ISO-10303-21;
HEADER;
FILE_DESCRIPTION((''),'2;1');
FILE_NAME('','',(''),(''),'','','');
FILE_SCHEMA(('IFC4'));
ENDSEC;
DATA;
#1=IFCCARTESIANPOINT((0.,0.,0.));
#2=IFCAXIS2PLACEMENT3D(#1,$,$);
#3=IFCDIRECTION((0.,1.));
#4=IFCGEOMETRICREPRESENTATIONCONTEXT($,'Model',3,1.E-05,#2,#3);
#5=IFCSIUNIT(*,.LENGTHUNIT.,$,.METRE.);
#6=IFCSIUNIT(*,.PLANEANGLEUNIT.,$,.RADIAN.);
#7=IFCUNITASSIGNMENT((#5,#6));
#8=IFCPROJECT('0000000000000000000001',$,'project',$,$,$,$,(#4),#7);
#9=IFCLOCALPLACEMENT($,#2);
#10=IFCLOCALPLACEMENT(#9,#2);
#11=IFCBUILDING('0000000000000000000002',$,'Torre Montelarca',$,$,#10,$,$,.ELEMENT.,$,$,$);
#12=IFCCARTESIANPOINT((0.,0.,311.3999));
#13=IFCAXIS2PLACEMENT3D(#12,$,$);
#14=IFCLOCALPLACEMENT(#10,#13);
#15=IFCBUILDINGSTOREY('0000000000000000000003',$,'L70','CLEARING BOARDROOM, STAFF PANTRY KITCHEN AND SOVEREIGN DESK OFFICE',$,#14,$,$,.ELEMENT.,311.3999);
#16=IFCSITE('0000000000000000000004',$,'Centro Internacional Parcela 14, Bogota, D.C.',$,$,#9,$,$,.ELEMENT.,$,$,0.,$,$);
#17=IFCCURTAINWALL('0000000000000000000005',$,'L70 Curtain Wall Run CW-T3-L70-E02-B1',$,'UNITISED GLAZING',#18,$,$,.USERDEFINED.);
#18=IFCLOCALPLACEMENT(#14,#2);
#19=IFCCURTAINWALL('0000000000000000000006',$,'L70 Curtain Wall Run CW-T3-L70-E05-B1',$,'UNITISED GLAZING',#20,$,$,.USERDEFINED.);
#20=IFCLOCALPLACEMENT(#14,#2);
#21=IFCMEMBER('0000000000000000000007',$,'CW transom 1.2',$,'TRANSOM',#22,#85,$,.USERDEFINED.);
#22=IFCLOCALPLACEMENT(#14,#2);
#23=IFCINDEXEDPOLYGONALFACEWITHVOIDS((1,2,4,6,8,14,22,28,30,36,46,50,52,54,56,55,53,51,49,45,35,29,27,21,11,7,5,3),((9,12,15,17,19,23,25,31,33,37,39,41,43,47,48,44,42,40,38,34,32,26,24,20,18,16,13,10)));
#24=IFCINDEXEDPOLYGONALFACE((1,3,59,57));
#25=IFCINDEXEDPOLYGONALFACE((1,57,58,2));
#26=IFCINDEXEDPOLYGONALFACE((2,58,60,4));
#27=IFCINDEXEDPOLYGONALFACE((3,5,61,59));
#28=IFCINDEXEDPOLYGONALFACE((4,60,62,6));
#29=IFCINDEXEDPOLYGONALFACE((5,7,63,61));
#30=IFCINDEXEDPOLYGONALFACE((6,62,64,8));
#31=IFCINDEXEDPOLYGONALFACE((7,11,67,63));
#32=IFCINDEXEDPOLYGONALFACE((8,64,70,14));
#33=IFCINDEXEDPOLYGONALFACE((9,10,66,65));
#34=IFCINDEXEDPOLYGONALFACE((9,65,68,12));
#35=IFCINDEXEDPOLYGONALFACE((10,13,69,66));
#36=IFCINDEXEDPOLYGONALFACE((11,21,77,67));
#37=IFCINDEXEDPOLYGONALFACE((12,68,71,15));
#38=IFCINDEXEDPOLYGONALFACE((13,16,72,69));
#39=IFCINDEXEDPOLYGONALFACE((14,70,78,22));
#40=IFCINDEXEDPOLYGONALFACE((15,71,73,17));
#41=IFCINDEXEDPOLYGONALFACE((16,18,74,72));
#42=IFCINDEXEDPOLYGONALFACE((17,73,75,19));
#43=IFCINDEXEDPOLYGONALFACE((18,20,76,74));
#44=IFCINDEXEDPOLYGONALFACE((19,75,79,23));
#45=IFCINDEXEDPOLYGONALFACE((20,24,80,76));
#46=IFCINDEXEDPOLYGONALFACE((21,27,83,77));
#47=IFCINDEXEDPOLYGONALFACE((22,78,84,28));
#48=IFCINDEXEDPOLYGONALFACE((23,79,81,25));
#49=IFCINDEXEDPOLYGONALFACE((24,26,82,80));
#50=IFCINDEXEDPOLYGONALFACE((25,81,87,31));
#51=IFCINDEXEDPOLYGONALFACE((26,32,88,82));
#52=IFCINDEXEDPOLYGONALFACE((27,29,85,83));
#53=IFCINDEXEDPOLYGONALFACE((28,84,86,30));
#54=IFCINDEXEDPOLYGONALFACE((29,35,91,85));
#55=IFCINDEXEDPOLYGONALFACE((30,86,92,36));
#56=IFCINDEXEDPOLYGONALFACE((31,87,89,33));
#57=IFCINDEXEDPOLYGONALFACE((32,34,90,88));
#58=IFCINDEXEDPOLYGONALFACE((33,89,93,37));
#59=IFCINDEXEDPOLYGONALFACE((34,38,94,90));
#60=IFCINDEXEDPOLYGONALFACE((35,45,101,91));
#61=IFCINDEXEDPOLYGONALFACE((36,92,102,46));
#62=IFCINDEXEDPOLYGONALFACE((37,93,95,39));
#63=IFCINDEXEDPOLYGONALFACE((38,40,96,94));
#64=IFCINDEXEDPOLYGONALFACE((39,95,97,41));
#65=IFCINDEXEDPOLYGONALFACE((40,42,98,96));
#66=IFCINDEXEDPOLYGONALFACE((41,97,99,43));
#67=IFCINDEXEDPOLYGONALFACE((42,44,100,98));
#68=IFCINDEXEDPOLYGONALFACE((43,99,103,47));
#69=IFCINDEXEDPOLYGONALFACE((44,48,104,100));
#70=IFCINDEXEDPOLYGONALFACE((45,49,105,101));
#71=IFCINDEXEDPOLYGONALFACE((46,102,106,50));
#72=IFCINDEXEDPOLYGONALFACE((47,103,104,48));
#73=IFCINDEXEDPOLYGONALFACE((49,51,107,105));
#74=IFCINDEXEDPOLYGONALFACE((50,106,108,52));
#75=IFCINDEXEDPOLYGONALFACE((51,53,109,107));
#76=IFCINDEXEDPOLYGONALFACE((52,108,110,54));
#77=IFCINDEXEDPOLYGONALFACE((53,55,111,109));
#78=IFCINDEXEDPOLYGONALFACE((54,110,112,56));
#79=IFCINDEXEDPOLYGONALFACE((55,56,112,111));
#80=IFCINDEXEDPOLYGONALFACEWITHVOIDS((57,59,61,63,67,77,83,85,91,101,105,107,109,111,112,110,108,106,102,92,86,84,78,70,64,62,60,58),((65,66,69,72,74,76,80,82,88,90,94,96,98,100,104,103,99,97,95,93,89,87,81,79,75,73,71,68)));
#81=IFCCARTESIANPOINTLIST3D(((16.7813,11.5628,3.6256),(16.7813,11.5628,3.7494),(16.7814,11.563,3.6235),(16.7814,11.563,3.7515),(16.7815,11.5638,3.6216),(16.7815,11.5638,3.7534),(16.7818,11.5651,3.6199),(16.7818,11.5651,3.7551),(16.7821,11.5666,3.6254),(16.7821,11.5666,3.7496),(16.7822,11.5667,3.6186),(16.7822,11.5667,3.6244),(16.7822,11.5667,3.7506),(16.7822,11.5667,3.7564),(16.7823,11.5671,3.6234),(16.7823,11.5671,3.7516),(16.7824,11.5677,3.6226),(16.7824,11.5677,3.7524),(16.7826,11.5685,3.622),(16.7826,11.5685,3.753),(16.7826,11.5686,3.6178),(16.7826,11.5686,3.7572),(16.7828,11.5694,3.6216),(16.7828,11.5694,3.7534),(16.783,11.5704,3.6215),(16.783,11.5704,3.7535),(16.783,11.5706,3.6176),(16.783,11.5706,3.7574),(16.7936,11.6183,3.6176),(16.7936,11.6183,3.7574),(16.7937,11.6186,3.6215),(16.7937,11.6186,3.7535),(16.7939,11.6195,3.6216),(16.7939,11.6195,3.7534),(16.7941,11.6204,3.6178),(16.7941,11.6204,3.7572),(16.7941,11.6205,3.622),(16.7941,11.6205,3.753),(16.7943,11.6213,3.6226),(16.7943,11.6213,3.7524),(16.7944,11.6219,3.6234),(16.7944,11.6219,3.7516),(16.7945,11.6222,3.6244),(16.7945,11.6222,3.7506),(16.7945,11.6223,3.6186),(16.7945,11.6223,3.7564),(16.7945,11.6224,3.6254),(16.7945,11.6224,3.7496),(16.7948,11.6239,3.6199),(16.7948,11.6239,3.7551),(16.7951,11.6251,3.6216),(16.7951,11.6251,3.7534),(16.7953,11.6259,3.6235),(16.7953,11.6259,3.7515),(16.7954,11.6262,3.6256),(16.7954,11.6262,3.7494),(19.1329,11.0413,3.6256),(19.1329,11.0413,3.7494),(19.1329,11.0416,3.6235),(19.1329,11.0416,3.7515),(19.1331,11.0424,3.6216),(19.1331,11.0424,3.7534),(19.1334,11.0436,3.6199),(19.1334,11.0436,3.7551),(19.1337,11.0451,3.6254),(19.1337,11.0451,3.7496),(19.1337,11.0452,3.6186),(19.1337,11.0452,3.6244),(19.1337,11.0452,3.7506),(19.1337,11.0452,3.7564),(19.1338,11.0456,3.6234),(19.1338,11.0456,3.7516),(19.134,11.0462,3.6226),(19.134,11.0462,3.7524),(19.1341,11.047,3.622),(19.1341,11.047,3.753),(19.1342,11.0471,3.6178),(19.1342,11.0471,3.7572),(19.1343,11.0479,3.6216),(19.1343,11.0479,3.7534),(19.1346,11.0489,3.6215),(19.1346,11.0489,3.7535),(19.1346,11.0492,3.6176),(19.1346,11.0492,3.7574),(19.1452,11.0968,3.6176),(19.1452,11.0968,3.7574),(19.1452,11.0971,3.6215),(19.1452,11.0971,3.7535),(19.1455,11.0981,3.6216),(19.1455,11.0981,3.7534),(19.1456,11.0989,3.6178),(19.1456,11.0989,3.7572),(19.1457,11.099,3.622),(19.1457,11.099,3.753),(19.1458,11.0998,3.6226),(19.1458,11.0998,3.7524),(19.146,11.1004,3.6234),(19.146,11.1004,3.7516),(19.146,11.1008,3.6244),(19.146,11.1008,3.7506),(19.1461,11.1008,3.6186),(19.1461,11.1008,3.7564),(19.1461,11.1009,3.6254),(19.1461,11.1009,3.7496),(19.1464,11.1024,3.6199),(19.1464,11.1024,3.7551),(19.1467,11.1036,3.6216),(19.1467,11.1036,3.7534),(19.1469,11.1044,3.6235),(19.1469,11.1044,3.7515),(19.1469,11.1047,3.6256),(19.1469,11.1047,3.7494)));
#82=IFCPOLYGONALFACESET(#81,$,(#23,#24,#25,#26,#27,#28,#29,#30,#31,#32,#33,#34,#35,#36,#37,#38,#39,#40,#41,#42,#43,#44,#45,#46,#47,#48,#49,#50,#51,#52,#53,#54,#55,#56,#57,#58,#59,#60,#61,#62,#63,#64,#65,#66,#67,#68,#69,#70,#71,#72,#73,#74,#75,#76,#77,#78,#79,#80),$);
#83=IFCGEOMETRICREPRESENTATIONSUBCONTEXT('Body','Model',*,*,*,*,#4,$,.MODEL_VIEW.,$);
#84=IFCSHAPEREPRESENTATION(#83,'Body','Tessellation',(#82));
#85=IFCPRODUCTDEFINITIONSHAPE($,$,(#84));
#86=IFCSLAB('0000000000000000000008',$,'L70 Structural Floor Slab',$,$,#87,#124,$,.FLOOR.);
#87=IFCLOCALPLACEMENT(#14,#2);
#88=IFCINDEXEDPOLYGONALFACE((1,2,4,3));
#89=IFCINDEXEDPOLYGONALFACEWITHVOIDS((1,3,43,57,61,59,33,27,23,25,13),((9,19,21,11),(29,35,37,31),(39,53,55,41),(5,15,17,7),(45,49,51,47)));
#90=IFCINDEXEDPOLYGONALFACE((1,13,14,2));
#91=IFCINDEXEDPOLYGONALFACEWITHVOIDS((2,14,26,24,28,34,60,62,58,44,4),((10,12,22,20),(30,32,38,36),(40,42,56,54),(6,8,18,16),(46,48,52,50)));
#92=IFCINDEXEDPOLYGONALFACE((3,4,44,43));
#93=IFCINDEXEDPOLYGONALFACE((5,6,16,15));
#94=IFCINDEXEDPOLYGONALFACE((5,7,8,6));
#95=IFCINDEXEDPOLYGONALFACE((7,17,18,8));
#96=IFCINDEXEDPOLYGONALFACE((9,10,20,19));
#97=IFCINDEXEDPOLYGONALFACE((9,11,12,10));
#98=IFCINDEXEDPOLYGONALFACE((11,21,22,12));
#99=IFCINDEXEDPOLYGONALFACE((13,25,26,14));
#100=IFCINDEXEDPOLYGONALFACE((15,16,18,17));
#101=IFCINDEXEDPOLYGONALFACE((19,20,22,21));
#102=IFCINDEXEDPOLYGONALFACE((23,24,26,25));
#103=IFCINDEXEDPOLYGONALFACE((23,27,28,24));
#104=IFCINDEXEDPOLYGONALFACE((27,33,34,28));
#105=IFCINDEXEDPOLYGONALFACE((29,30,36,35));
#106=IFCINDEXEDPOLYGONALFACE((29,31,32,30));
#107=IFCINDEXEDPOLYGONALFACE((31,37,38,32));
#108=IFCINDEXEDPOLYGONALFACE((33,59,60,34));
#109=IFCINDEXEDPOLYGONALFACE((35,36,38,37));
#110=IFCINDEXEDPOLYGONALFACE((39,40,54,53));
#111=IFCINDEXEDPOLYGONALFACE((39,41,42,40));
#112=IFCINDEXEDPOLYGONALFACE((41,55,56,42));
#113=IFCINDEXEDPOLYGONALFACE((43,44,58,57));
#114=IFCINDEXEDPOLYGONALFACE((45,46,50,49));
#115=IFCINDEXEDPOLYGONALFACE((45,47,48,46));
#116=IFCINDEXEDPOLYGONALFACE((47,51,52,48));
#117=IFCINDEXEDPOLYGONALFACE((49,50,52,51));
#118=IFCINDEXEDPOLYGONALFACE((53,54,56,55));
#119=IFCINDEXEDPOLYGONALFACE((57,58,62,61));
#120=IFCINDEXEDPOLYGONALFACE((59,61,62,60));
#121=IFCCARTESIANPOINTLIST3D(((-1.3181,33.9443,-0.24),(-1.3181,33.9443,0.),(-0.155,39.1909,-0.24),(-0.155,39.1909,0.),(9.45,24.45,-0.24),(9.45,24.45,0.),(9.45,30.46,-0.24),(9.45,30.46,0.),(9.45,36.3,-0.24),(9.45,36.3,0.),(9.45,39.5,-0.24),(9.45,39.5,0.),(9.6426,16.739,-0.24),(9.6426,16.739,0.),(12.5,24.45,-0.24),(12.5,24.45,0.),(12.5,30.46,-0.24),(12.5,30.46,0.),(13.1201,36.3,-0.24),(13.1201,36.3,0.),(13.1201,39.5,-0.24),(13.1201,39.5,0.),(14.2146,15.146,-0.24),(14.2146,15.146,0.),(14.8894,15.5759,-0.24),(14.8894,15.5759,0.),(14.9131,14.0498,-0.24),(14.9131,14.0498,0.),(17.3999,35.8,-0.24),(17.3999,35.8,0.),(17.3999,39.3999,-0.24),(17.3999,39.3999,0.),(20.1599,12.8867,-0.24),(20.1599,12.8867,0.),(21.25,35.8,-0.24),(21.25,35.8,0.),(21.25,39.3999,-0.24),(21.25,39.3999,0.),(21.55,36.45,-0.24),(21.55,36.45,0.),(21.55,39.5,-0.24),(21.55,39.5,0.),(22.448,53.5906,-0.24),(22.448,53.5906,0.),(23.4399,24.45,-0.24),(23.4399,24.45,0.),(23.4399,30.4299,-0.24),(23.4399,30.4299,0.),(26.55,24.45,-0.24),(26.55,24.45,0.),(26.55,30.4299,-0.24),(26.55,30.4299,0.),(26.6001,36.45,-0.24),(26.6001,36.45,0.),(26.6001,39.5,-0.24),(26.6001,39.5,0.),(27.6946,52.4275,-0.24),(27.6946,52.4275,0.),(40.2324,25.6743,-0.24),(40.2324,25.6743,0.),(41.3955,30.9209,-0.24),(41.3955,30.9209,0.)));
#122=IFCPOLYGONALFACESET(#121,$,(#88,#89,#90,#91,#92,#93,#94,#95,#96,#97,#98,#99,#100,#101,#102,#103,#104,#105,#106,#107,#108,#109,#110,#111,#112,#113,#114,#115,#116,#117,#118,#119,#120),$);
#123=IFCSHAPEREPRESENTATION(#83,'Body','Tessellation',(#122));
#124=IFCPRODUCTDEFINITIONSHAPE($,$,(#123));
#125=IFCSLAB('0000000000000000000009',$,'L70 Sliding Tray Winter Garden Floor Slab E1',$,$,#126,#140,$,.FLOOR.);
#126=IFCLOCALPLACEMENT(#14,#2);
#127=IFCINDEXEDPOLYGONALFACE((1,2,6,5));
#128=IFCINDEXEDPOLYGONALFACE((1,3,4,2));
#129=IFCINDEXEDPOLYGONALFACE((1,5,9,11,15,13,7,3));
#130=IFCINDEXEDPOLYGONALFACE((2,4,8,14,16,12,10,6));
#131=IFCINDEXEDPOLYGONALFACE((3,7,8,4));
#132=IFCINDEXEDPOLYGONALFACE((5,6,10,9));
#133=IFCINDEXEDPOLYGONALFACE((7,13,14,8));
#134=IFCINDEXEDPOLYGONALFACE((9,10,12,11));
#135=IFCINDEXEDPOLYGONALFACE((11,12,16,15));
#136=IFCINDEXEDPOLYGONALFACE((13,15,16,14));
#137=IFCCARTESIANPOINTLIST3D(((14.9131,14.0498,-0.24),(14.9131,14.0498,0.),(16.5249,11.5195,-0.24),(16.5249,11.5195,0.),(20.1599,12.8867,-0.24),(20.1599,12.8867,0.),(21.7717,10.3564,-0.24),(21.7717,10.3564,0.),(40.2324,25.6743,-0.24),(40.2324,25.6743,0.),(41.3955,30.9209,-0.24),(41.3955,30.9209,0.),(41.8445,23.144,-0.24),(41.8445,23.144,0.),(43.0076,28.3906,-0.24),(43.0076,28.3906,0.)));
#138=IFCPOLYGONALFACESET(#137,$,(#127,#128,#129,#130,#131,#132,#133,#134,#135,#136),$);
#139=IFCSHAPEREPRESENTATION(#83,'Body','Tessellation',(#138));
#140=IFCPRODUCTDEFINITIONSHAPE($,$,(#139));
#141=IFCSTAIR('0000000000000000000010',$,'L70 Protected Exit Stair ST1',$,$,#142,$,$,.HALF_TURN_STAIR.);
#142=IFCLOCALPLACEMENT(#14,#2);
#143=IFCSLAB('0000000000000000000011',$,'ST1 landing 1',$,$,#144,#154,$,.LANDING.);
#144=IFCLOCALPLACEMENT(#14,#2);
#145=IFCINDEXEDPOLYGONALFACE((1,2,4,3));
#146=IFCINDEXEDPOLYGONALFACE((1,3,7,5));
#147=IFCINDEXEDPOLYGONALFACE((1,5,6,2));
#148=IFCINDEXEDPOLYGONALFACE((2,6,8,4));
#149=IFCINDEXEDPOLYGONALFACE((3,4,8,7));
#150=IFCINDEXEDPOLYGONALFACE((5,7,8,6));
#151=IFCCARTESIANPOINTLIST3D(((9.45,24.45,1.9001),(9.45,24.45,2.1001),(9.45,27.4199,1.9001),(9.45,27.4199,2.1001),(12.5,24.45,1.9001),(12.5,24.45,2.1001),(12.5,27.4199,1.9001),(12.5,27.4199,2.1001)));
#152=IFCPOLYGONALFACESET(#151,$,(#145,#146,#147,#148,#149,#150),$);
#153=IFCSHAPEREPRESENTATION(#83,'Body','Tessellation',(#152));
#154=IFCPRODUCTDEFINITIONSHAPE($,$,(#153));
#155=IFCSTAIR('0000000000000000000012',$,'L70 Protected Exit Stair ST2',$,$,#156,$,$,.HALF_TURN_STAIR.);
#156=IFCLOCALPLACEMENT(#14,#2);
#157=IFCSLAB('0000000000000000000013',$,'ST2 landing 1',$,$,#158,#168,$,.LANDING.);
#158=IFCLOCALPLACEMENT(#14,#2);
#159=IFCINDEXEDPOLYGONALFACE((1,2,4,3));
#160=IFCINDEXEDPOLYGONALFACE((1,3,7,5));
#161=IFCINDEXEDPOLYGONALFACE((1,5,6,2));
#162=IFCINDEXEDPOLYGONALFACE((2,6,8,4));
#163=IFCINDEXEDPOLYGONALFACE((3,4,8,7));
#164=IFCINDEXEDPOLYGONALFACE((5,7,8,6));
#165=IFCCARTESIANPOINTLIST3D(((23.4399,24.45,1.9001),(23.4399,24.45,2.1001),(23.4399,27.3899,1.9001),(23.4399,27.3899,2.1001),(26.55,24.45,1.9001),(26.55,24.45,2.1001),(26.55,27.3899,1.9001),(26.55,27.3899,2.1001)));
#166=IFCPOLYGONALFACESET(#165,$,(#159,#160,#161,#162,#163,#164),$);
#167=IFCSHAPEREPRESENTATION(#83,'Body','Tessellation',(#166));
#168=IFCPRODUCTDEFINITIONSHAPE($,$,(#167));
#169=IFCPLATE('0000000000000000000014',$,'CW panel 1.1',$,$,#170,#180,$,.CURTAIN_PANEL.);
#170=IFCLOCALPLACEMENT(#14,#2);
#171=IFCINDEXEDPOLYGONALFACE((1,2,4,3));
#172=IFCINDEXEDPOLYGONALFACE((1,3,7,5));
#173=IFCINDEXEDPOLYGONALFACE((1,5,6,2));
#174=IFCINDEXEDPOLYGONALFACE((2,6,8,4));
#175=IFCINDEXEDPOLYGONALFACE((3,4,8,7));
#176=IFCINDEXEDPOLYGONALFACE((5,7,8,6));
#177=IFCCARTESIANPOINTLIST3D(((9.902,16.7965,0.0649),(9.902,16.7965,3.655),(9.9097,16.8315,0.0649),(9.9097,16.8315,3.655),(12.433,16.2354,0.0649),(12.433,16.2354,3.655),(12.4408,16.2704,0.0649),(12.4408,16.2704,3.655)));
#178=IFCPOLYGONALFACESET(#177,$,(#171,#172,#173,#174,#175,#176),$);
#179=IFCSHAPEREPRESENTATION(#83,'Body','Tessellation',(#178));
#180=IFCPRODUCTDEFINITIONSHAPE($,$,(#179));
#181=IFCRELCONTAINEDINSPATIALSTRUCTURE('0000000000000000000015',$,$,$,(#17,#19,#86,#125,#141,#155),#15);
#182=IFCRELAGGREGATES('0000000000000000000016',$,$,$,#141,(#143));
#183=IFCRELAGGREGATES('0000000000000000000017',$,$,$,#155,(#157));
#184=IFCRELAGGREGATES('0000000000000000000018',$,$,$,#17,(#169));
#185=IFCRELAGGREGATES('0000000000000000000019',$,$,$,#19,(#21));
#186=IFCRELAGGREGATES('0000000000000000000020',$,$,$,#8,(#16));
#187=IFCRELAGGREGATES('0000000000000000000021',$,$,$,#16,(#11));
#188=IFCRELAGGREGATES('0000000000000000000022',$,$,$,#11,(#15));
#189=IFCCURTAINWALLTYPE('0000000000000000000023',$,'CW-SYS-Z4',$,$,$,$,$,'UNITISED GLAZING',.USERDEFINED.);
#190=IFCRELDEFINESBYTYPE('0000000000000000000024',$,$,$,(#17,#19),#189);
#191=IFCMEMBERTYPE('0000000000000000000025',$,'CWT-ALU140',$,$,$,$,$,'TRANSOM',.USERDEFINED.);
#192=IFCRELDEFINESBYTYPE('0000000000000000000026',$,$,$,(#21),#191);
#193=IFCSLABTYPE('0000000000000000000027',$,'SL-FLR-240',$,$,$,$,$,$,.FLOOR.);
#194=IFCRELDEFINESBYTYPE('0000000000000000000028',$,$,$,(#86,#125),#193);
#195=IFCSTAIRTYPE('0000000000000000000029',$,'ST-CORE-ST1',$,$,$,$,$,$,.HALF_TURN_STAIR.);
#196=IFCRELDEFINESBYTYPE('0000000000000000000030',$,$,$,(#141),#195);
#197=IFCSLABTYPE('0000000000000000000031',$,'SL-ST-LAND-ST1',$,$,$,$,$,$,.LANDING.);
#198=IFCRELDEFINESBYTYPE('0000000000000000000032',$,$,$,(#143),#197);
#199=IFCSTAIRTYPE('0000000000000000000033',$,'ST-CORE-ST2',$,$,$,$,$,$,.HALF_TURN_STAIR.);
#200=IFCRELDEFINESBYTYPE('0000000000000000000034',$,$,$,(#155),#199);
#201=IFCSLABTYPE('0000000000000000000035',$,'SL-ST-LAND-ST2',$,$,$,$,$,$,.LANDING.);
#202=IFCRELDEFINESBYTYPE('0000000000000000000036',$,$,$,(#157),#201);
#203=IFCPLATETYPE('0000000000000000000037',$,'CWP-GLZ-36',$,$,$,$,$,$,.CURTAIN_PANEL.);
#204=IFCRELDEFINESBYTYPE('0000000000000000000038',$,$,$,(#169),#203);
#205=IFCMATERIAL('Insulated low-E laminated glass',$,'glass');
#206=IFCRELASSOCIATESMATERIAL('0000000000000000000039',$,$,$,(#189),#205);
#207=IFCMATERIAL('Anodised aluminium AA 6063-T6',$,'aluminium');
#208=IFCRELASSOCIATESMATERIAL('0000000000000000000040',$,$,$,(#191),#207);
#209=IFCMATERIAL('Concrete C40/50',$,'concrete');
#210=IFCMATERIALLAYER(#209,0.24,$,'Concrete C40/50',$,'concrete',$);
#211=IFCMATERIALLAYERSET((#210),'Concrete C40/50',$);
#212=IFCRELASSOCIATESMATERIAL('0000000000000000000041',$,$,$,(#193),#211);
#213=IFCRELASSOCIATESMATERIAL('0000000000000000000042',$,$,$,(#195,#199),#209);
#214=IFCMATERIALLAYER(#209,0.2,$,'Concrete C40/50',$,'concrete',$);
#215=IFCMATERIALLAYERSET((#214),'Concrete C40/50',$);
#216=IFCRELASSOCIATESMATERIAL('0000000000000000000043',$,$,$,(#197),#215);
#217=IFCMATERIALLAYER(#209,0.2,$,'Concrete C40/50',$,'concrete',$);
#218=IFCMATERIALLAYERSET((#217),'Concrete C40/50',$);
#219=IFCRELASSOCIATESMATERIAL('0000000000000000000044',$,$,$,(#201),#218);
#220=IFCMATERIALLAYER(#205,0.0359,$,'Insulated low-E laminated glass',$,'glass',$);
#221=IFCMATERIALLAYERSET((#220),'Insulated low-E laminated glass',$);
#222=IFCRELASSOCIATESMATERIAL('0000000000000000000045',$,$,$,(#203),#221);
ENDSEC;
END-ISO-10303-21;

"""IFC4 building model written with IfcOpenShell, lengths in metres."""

from ifc_helpers import new_model, si_unit, direction, frame, origin, origin_2d, place, context, subcontext, project, spatial, polyline, rectangle, hollow_rectangle, outline, extrude, source, transform, mapped, material, layer, layer_set, material_profile, profile_set, type_object, element, aggregate, save


model = new_model("IFC4")

# Units and contexts
model_context = context("Model", 3, precision=1e-05, world=origin(), true_north=direction((0.0, 1.0)))
body_context = subcontext(model_context, "Body", "Model", "MODEL_VIEW")
ifc_project = project(units=[si_unit("LENGTHUNIT", "METRE"), si_unit("PLANEANGLEUNIT", "RADIAN")], contexts=[model_context])

# Site, building, storey
site_placement = place(None, origin())
site = spatial("IfcSite", under=ifc_project, at=site_placement, Name="Centro Internacional Parcela 14, Bogota, D.C.", CompositionType="ELEMENT", RefElevation=0.0)
building_placement = place(site_placement, origin())
building = spatial("IfcBuilding", under=site, at=building_placement, Name="Torre Montelarca", CompositionType="ELEMENT")
storey_placement = place(building_placement, frame((0.0, 0.0, 311.3999)))
storey = spatial("IfcBuildingStorey", under=building, at=storey_placement, Name="L70", Description="CLEARING BOARDROOM, STAFF PANTRY KITCHEN AND SOVEREIGN DESK OFFICE", CompositionType="ELEMENT", Elevation=311.3999)

# Curtain walls
ifc_material_1 = material(Name="Insulated low-E laminated glass", Category="glass")
curtain_wall_type = type_object("IfcCurtainWallType", Name="CW-SYS-Z4", ElementType="UNITISED GLAZING", PredefinedType="USERDEFINED", material=ifc_material_1)
curtain_wall_1_placement = place(storey_placement, origin())
curtain_wall_1 = element("IfcCurtainWall", 1, at=curtain_wall_1_placement, inside=storey, type_object=curtain_wall_type, Name="L70 Curtain Wall Run CW-T3-L70-E02-B1", ObjectType="UNITISED GLAZING", PredefinedType="USERDEFINED")
ifc_material_2 = material(Name="Anodised aluminium AA 6063-T6", Category="aluminium")
curtain_wall_2_placement = place(storey_placement, origin())
curtain_wall_2 = element("IfcCurtainWall", 2, at=curtain_wall_2_placement, inside=storey, type_object=curtain_wall_type, Name="L70 Curtain Wall Run CW-T3-L70-E05-B1", ObjectType="UNITISED GLAZING", PredefinedType="USERDEFINED")

# Member
ifc_material_profile_1 = material_profile(ifc_material_2, hollow_rectangle(XDim=0.0649, YDim=0.1399, WallThickness=0.0039, InnerFilletRadius=0.0039, OuterFilletRadius=0.0081, at=origin_2d()), Name="ALU65X140X4", Category="aluminium")
ifc_profile_set_1 = profile_set([ifc_material_profile_1], Name="Anodised aluminium AA 6063-T6")
member_type_1 = type_object("IfcMemberType", Name="CWT-ALU140", ElementType="TRANSOM", PredefinedType="USERDEFINED", material=ifc_profile_set_1)
shared_shape_1 = source(origin(), body_context, "Body", "SweptSolid", [
    extrude(hollow_rectangle(XDim=0.0649, YDim=0.1399, WallThickness=0.0039, InnerFilletRadius=0.0039, OuterFilletRadius=0.0081, at=origin_2d()), origin(), (0.0, 0.0, 1.0), 2.4087),
])
member_1_placement = place(storey_placement, frame((16.7883, 11.5945, 3.6875), z_axis=(0.976282, -0.216501, 0.0), x_axis=(0.216501, 0.976282, 0.0)))
member_1 = element("IfcMember", 3, at=member_1_placement, type_object=member_type_1, Name="CW transom 1.2", ObjectType="TRANSOM", PredefinedType="USERDEFINED", context=body_context, shape_type="MappedRepresentation", body=[
    mapped(shared_shape_1, transform((0.0, 0.0, 0.0), scale=1.0)),
])

# Slabs
ifc_material_3 = material(Name="Concrete C40/50", Category="concrete")
ifc_layer_1 = layer(ifc_material_3, 0.24, Name="Concrete C40/50", Category="concrete")
ifc_layer_set_1 = layer_set([ifc_layer_1], Name="Concrete C40/50")
slab_type_1 = type_object("IfcSlabType", Name="SL-FLR-240", PredefinedType="FLOOR", material=ifc_layer_set_1)
slab_1_placement = place(storey_placement, frame((0.0, 0.0, -0.24)))
element("IfcSlab", 4, at=slab_1_placement, inside=storey, type_object=slab_type_1, Name="L70 Structural Floor Slab", PredefinedType="FLOOR", context=body_context, shape_type="SweptSolid", body=[
    extrude(outline(polyline([(9.6426, 16.739), (14.8894, 15.5759), (14.2146, 15.146), (14.9131, 14.0498), (20.1599, 12.8867), (40.2324, 25.6743), (41.3955, 30.9209), (27.6946, 52.4275), (22.448, 53.5906), (-0.155, 39.1909), (-1.3181, 33.9443), (9.6426, 16.739)]), holes=[polyline([(26.55, 24.45), (23.4399, 24.45), (23.4399, 30.4299), (26.55, 30.4299), (26.55, 24.45)]), polyline([(12.5, 24.45), (9.45, 24.45), (9.45, 30.46), (12.5, 30.46), (12.5, 24.45)]), polyline([(21.25, 39.3999), (21.25, 35.8), (17.3999, 35.8), (17.3999, 39.3999), (21.25, 39.3999)]), polyline([(13.1201, 36.3), (9.45, 36.3), (9.45, 39.5), (13.1201, 39.5), (13.1201, 36.3)]), polyline([(26.6001, 36.45), (21.55, 36.45), (21.55, 39.5), (26.6001, 39.5), (26.6001, 36.45)])]), origin(), (0.0, 0.0, 1.0), 0.24),
])
slab_2_placement = place(storey_placement, frame((0.0, 0.0, -0.24)))
element("IfcSlab", 5, at=slab_2_placement, inside=storey, type_object=slab_type_1, Name="L70 Sliding Tray Winter Garden Floor Slab E1", PredefinedType="FLOOR", context=body_context, shape_type="SweptSolid", body=[
    extrude(outline(polyline([(41.3955, 30.9209), (40.2324, 25.6743), (20.1599, 12.8867), (14.9131, 14.0498), (16.5249, 11.5195), (21.7717, 10.3564), (41.8445, 23.144), (43.0076, 28.3906), (41.3955, 30.9209)])), origin(), (0.0, 0.0, 1.0), 0.24),
])

# Stairs, slabs
stair_type_1 = type_object("IfcStairType", Name="ST-CORE-ST1", PredefinedType="HALF_TURN_STAIR", material=ifc_material_3)
stair_1_placement = place(storey_placement, origin())
stair_1 = element("IfcStair", 6, at=stair_1_placement, inside=storey, type_object=stair_type_1, Name="L70 Protected Exit Stair ST1", PredefinedType="HALF_TURN_STAIR")
ifc_layer_2 = layer(ifc_material_3, 0.2, Name="Concrete C40/50", Category="concrete")
ifc_layer_set_2 = layer_set([ifc_layer_2], Name="Concrete C40/50")
slab_type_2 = type_object("IfcSlabType", Name="SL-ST-LAND-ST1", PredefinedType="LANDING", material=ifc_layer_set_2)
slab_3_placement = place(storey_placement, frame((0.0, 0.0, 1.9001)))
slab_3 = element("IfcSlab", 7, at=slab_3_placement, type_object=slab_type_2, Name="ST1 landing 1", PredefinedType="LANDING", context=body_context, shape_type="SweptSolid", body=[
    extrude(outline(polyline([(9.45, 27.4199), (9.45, 24.45), (12.5, 24.45), (12.5, 27.4199), (9.45, 27.4199)])), origin(), (0.0, 0.0, 1.0), 0.2),
])
aggregate(stair_1, [slab_3])
stair_type_2 = type_object("IfcStairType", Name="ST-CORE-ST2", PredefinedType="HALF_TURN_STAIR", material=ifc_material_3)
stair_2_placement = place(storey_placement, origin())
stair_2 = element("IfcStair", 8, at=stair_2_placement, inside=storey, type_object=stair_type_2, Name="L70 Protected Exit Stair ST2", PredefinedType="HALF_TURN_STAIR")
ifc_layer_3 = layer(ifc_material_3, 0.2, Name="Concrete C40/50", Category="concrete")
ifc_layer_set_3 = layer_set([ifc_layer_3], Name="Concrete C40/50")
slab_type_3 = type_object("IfcSlabType", Name="SL-ST-LAND-ST2", PredefinedType="LANDING", material=ifc_layer_set_3)
slab_4_placement = place(storey_placement, frame((0.0, 0.0, 1.9001)))
slab_4 = element("IfcSlab", 9, at=slab_4_placement, type_object=slab_type_3, Name="ST2 landing 1", PredefinedType="LANDING", context=body_context, shape_type="SweptSolid", body=[
    extrude(outline(polyline([(23.4399, 27.3899), (23.4399, 24.45), (26.55, 24.45), (26.55, 27.3899), (23.4399, 27.3899)])), origin(), (0.0, 0.0, 1.0), 0.2),
])
aggregate(stair_2, [slab_4])

# Plate
ifc_layer_4 = layer(ifc_material_1, 0.0359, Name="Insulated low-E laminated glass", Category="glass")
ifc_layer_set_4 = layer_set([ifc_layer_4], Name="Insulated low-E laminated glass")
plate_type = type_object("IfcPlateType", Name="CWP-GLZ-36", PredefinedType="CURTAIN_PANEL", material=ifc_layer_set_4)
shared_shape_2 = source(origin(), body_context, "Body", "SweptSolid", [
    extrude(rectangle(XDim=2.5925, YDim=0.0359, at=origin_2d()), origin(), (0.0, 0.0, 1.0), 3.5901),
])
plate_1_placement = place(storey_placement, frame((11.1714, 16.5334, 0.0649), z_axis=(0.0, 0.0, 1.0), x_axis=(0.976294, -0.216449, 0.0)))
plate_1 = element("IfcPlate", 10, at=plate_1_placement, type_object=plate_type, Name="CW panel 1.1", PredefinedType="CURTAIN_PANEL", context=body_context, shape_type="MappedRepresentation", body=[
    mapped(shared_shape_2, transform((0.0, 0.0, 0.0), scale=1.0)),
])
aggregate(curtain_wall_1, [plate_1])
aggregate(curtain_wall_2, [member_1])

save(model, "model.ifc")
